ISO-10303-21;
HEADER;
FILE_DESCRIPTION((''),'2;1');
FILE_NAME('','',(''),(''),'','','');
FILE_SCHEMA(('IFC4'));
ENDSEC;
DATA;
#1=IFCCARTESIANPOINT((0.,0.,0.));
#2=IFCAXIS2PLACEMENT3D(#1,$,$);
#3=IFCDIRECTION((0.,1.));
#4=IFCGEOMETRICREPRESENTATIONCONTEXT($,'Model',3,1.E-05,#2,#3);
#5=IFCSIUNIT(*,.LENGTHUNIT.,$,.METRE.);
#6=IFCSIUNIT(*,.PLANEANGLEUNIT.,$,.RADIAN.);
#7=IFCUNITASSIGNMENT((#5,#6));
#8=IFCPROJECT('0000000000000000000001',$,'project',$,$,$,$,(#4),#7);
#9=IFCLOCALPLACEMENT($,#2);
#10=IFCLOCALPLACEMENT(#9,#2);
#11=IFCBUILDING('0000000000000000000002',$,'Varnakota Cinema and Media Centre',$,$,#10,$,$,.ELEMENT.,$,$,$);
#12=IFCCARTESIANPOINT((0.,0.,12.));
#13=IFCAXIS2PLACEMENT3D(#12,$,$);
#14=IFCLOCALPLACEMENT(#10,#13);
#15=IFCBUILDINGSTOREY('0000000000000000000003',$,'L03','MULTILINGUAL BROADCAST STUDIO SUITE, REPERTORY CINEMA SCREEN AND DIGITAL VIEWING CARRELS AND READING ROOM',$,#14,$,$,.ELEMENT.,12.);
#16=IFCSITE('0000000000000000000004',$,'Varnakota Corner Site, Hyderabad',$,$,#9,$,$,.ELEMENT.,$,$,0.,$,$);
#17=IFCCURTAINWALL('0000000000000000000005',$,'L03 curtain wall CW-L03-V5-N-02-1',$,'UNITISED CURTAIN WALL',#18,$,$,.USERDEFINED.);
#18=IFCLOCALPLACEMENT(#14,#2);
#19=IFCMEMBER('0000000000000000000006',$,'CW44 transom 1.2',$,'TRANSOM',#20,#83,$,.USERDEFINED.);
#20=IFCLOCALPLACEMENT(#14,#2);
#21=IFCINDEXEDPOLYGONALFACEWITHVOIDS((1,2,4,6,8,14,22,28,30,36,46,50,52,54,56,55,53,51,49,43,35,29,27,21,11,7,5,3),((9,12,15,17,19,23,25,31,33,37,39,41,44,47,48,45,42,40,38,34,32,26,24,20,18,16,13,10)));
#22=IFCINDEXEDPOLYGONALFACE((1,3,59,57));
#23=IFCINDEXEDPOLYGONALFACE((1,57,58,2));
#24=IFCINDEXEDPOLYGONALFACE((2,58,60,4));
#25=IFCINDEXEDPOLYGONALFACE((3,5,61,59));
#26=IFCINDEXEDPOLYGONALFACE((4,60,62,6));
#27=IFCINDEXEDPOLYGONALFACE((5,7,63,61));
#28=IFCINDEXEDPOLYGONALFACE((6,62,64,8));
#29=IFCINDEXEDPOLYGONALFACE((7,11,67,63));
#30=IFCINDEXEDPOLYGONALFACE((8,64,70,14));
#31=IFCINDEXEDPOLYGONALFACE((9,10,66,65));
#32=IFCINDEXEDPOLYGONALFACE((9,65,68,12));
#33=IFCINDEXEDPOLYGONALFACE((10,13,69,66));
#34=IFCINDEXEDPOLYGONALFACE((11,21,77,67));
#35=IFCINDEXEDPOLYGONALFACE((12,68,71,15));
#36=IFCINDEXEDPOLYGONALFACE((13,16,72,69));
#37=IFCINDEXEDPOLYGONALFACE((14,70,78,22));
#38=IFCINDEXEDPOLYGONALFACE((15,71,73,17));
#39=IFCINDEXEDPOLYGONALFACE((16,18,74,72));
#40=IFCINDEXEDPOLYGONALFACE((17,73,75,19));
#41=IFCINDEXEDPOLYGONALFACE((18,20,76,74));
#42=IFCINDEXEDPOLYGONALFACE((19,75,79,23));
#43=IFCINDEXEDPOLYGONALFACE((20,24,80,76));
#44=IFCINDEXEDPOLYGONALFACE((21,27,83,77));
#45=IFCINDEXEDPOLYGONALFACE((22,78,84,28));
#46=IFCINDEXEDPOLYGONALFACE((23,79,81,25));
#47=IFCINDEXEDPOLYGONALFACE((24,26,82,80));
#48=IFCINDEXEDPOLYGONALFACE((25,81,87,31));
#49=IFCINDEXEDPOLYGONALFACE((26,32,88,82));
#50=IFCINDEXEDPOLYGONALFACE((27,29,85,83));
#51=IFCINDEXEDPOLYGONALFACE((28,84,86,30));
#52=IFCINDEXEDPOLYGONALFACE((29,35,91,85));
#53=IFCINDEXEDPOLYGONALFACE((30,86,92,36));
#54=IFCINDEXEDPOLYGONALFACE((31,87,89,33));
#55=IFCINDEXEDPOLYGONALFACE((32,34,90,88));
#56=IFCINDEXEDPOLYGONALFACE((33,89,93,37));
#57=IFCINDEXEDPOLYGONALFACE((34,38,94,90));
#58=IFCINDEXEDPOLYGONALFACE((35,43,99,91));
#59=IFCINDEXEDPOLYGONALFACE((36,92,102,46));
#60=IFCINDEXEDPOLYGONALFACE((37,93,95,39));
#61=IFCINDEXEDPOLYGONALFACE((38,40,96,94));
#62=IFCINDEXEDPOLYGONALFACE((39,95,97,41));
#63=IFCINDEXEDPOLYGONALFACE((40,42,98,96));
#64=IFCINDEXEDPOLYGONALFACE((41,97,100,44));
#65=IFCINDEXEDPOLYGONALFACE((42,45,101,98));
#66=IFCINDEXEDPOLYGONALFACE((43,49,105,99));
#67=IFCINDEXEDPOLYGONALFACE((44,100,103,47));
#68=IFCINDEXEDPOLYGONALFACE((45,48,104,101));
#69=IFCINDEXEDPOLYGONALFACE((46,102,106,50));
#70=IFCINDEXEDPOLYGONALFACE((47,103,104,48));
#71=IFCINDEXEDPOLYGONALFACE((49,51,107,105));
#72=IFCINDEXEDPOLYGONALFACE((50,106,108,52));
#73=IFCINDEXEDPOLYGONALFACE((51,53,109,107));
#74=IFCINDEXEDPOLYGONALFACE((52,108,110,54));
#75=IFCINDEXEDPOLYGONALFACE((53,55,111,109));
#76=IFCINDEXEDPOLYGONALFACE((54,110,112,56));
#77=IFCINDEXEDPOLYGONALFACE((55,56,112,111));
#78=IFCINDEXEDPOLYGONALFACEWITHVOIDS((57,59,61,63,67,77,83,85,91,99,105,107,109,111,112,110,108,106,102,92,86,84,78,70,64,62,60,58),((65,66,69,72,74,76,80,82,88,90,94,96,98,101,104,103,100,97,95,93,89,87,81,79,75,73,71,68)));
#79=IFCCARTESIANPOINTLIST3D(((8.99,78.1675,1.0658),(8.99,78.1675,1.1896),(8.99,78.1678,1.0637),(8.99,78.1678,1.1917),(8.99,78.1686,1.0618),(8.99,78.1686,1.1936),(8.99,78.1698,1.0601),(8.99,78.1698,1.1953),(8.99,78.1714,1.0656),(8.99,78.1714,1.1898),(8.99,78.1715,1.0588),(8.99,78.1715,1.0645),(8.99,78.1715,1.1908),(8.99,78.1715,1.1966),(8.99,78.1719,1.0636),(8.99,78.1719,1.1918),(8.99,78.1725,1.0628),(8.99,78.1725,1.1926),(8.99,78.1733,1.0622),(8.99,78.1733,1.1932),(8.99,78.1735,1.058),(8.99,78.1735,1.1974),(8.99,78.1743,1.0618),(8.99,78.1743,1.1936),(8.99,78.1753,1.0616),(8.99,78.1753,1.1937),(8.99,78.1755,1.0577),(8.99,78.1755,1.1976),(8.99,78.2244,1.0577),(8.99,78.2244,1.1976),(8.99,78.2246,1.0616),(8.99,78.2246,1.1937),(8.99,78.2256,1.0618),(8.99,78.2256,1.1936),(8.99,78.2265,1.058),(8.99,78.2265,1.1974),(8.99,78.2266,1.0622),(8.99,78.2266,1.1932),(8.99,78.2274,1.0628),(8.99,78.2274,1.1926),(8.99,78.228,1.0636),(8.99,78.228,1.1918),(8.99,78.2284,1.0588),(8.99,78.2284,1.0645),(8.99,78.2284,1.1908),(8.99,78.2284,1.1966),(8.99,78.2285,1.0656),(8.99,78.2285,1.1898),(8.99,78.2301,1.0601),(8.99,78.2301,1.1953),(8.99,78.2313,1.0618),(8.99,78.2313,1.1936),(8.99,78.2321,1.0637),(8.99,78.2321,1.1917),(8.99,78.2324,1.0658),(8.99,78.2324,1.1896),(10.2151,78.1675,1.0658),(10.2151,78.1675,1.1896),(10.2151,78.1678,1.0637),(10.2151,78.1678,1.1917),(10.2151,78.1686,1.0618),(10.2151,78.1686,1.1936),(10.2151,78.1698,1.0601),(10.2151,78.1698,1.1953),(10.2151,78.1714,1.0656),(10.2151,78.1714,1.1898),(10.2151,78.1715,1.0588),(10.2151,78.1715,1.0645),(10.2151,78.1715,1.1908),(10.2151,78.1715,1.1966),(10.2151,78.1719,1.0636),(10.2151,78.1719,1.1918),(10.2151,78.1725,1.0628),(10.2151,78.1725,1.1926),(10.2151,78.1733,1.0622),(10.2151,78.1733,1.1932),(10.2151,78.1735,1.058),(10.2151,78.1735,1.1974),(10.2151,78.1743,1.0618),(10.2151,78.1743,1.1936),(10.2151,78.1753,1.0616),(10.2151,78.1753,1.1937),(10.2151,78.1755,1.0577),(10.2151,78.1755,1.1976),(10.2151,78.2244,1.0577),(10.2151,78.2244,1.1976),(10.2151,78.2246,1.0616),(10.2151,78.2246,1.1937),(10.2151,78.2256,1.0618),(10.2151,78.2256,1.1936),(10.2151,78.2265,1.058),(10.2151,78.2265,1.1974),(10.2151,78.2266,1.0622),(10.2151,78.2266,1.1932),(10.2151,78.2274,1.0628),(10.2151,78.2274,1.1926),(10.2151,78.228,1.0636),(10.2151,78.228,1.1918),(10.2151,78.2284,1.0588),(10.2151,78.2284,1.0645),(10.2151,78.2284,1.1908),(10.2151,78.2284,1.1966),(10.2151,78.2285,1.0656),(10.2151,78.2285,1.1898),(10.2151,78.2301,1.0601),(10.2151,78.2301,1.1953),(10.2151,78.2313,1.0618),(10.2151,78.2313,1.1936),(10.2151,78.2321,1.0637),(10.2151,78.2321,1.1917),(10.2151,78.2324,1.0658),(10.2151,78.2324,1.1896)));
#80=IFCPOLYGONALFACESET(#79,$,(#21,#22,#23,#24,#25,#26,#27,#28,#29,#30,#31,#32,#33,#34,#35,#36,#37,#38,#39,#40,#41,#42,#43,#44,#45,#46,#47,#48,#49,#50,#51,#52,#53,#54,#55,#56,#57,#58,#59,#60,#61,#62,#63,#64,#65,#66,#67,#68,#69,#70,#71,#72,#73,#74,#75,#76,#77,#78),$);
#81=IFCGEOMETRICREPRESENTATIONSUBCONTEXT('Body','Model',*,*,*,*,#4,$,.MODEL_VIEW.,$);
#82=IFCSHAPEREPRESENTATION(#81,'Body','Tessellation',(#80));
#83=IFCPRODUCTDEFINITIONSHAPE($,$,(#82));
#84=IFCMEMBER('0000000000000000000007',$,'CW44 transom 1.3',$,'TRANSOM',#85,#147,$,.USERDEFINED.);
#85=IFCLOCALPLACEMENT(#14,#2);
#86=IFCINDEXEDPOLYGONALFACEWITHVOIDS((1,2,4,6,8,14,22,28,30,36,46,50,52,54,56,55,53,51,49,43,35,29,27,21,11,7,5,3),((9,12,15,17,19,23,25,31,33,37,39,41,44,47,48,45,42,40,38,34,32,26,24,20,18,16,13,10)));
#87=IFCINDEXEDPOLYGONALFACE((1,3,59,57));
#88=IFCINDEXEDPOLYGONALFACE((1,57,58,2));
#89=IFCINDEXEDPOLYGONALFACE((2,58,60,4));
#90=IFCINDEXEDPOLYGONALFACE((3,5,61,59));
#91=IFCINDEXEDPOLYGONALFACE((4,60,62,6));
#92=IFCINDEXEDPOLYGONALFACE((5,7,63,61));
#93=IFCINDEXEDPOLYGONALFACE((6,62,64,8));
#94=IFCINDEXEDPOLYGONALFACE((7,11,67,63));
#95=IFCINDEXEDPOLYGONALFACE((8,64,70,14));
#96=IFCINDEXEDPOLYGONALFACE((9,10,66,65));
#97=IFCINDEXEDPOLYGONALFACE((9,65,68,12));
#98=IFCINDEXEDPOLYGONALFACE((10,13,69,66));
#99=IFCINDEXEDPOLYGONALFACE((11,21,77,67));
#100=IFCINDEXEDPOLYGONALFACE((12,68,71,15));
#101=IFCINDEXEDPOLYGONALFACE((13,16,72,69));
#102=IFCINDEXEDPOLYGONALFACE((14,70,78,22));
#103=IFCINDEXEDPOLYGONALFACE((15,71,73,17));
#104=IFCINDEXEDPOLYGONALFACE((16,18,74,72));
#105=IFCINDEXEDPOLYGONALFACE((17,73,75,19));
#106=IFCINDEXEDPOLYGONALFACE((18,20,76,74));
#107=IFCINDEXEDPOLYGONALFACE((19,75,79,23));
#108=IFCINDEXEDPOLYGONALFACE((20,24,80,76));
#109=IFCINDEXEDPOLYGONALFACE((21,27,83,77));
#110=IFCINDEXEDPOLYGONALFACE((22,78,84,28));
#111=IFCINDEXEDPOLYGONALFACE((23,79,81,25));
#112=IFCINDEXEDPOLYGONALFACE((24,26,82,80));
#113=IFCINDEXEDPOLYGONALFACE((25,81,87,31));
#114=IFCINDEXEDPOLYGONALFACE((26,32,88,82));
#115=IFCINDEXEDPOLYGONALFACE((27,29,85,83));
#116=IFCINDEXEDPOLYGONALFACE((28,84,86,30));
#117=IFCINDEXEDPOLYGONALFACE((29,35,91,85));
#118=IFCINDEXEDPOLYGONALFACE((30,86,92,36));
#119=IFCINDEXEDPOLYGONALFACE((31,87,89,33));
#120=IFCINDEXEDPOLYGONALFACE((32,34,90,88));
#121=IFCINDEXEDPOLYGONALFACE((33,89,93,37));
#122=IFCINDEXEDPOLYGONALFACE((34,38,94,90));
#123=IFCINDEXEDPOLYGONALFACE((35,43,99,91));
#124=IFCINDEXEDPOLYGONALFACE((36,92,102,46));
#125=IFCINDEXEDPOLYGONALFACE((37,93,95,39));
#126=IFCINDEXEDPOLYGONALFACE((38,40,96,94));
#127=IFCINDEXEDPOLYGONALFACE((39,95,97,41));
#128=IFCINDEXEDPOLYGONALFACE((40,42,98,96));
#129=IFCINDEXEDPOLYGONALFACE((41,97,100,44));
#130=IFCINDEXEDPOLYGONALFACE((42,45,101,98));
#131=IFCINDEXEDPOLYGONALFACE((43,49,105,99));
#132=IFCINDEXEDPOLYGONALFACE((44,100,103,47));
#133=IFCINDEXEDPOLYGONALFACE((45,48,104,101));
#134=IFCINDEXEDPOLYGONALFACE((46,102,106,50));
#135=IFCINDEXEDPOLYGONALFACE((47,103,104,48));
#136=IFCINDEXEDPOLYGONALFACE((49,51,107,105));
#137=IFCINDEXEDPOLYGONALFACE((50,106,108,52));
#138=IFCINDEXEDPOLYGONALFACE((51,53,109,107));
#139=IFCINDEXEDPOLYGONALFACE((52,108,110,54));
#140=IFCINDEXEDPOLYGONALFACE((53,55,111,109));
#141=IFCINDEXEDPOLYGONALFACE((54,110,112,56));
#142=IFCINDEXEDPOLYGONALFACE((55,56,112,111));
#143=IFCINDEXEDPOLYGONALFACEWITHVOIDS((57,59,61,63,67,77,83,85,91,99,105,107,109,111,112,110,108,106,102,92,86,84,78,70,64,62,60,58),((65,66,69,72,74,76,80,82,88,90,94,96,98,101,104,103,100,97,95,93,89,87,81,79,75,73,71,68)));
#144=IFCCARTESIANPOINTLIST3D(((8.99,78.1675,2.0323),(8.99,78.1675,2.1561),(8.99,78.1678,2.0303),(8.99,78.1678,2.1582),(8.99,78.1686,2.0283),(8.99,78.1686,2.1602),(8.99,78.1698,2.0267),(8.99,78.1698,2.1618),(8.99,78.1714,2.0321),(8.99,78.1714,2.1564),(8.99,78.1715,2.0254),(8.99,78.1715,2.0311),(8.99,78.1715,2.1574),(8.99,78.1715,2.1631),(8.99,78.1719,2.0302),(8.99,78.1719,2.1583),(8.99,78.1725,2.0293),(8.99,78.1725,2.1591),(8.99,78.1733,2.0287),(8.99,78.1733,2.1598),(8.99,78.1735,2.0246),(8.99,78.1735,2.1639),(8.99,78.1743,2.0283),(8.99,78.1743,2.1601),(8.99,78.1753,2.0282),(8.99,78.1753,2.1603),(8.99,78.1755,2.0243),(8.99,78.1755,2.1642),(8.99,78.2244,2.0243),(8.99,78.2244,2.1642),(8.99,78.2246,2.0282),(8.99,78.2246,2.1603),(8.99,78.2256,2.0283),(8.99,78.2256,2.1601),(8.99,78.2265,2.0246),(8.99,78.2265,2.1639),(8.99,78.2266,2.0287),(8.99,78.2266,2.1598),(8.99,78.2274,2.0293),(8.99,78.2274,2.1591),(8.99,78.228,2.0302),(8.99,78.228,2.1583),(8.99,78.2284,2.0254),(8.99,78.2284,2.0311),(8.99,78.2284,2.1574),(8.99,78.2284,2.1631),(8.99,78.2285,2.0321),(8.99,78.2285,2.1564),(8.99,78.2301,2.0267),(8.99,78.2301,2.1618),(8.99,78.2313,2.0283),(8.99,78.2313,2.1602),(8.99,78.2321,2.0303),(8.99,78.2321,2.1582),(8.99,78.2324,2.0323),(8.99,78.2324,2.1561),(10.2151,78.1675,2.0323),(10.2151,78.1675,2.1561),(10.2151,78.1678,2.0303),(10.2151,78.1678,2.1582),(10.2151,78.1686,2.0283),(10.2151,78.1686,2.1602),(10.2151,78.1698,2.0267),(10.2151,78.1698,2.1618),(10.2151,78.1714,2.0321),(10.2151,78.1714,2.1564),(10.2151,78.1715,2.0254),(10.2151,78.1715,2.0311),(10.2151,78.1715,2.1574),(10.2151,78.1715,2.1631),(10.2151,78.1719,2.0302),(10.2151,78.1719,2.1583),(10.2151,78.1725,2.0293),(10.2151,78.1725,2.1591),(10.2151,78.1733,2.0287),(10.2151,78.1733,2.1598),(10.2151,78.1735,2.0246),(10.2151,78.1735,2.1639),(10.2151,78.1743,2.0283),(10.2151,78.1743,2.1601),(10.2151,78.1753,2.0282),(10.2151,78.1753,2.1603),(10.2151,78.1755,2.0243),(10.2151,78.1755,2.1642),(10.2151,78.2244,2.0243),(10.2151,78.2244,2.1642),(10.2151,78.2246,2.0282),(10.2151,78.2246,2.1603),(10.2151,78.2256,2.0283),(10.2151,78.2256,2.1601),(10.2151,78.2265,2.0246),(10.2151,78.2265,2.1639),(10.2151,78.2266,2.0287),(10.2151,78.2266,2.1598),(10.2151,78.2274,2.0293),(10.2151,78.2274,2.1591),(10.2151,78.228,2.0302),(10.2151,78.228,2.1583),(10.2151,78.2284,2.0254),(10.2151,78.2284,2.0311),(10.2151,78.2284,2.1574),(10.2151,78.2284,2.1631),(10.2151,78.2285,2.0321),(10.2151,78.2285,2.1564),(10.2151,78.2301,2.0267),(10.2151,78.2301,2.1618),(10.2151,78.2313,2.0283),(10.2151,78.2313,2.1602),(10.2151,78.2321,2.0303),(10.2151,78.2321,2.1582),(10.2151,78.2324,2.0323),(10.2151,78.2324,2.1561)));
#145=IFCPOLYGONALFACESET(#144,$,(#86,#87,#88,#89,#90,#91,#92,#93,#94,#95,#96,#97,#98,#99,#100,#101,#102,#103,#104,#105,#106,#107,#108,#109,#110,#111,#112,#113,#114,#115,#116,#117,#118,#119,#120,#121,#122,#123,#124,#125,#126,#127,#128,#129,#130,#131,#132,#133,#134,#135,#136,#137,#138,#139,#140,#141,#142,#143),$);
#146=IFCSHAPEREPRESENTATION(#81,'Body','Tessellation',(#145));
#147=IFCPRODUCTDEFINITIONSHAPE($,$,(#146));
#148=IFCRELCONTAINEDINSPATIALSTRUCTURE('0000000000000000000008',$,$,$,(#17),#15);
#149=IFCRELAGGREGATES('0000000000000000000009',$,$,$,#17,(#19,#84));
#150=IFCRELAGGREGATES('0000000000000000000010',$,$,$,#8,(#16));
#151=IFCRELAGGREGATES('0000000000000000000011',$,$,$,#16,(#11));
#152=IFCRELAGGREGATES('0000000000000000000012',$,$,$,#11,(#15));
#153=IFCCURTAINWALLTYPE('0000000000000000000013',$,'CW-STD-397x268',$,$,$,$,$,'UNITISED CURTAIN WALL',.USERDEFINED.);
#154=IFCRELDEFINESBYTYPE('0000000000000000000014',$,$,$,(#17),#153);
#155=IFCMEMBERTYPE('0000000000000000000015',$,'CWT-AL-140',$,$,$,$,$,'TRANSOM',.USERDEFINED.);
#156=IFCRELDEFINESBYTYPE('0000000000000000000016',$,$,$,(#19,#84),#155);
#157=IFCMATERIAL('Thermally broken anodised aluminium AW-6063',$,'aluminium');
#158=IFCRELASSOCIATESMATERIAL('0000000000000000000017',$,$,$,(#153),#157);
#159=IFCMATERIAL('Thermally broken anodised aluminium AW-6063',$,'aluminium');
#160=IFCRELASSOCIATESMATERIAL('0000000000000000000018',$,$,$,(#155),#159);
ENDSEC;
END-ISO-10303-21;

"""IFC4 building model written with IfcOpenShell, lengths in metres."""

from ifc_helpers import new_model, si_unit, direction, frame, origin, origin_2d, place, context, subcontext, project, spatial, hollow_rectangle, extrude, material, material_profile, profile_set, type_object, element, aggregate, save


model = new_model("IFC4")

# Units and contexts
model_context = context("Model", 3, precision=1e-05, world=origin(), true_north=direction((0.0, 1.0)))
body_context = subcontext(model_context, "Body", "Model", "MODEL_VIEW")
ifc_project = project(units=[si_unit("LENGTHUNIT", "METRE"), si_unit("PLANEANGLEUNIT", "RADIAN")], contexts=[model_context])

# Site, building, storey
site_placement = place(None, origin())
site = spatial("IfcSite", under=ifc_project, at=site_placement, Name="Varnakota Corner Site, Hyderabad", CompositionType="ELEMENT", RefElevation=0.0)
building_placement = place(site_placement, origin())
building = spatial("IfcBuilding", under=site, at=building_placement, Name="Varnakota Cinema and Media Centre", CompositionType="ELEMENT")
storey_placement = place(building_placement, frame((0.0, 0.0, 12.0)))
storey = spatial("IfcBuildingStorey", under=building, at=storey_placement, Name="L03", Description="MULTILINGUAL BROADCAST STUDIO SUITE, REPERTORY CINEMA SCREEN AND DIGITAL VIEWING CARRELS AND READING ROOM", CompositionType="ELEMENT", Elevation=12.0)

# Curtain wall, members
ifc_material_1 = material(Name="Thermally broken anodised aluminium AW-6063", Category="aluminium")
curtain_wall_type = type_object("IfcCurtainWallType", Name="CW-STD-397x268", ElementType="UNITISED CURTAIN WALL", PredefinedType="USERDEFINED", material=ifc_material_1)
curtain_wall_placement = place(storey_placement, origin())
curtain_wall = element("IfcCurtainWall", 1, at=curtain_wall_placement, inside=storey, type_object=curtain_wall_type, Name="L03 curtain wall CW-L03-V5-N-02-1", ObjectType="UNITISED CURTAIN WALL", PredefinedType="USERDEFINED")
ifc_material_2 = material(Name="Thermally broken anodised aluminium AW-6063", Category="aluminium")
ifc_material_profile_1 = material_profile(ifc_material_2, hollow_rectangle(XDim=0.0649, YDim=0.1399, WallThickness=0.0039, InnerFilletRadius=0.0039, OuterFilletRadius=0.0081, at=origin_2d()), Name="AL-TRANSOM 140x65x4")
ifc_profile_set_1 = profile_set([ifc_material_profile_1], Name="Thermally broken anodised aluminium AW-6063")
member_type_1 = type_object("IfcMemberType", Name="CWT-AL-140", ElementType="TRANSOM", PredefinedType="USERDEFINED", material=ifc_profile_set_1)
member_1_placement = place(storey_placement, frame((8.99, 78.2, 1.1277), z_axis=(1.0, 0.0, 0.0), x_axis=(0.0, 1.0, 0.0)))
member_1 = element("IfcMember", 2, at=member_1_placement, type_object=member_type_1, Name="CW44 transom 1.2", ObjectType="TRANSOM", PredefinedType="USERDEFINED", context=body_context, shape_type="SweptSolid", body=[
    extrude(hollow_rectangle(XDim=0.0649, YDim=0.1399, WallThickness=0.0039, InnerFilletRadius=0.0039, OuterFilletRadius=0.0081, at=origin_2d()), origin(), (0.0, 0.0, 1.0), 1.2251),
])
member_2_placement = place(storey_placement, frame((8.99, 78.2, 2.0942), z_axis=(1.0, 0.0, 0.0), x_axis=(0.0, 1.0, 0.0)))
member_2 = element("IfcMember", 3, at=member_2_placement, type_object=member_type_1, Name="CW44 transom 1.3", ObjectType="TRANSOM", PredefinedType="USERDEFINED", context=body_context, shape_type="SweptSolid", body=[
    extrude(hollow_rectangle(XDim=0.0649, YDim=0.1399, WallThickness=0.0039, InnerFilletRadius=0.0039, OuterFilletRadius=0.0081, at=origin_2d()), origin(), (0.0, 0.0, 1.0), 1.2251),
])
aggregate(curtain_wall, [member_1, member_2])

save(model, "model.ifc")
